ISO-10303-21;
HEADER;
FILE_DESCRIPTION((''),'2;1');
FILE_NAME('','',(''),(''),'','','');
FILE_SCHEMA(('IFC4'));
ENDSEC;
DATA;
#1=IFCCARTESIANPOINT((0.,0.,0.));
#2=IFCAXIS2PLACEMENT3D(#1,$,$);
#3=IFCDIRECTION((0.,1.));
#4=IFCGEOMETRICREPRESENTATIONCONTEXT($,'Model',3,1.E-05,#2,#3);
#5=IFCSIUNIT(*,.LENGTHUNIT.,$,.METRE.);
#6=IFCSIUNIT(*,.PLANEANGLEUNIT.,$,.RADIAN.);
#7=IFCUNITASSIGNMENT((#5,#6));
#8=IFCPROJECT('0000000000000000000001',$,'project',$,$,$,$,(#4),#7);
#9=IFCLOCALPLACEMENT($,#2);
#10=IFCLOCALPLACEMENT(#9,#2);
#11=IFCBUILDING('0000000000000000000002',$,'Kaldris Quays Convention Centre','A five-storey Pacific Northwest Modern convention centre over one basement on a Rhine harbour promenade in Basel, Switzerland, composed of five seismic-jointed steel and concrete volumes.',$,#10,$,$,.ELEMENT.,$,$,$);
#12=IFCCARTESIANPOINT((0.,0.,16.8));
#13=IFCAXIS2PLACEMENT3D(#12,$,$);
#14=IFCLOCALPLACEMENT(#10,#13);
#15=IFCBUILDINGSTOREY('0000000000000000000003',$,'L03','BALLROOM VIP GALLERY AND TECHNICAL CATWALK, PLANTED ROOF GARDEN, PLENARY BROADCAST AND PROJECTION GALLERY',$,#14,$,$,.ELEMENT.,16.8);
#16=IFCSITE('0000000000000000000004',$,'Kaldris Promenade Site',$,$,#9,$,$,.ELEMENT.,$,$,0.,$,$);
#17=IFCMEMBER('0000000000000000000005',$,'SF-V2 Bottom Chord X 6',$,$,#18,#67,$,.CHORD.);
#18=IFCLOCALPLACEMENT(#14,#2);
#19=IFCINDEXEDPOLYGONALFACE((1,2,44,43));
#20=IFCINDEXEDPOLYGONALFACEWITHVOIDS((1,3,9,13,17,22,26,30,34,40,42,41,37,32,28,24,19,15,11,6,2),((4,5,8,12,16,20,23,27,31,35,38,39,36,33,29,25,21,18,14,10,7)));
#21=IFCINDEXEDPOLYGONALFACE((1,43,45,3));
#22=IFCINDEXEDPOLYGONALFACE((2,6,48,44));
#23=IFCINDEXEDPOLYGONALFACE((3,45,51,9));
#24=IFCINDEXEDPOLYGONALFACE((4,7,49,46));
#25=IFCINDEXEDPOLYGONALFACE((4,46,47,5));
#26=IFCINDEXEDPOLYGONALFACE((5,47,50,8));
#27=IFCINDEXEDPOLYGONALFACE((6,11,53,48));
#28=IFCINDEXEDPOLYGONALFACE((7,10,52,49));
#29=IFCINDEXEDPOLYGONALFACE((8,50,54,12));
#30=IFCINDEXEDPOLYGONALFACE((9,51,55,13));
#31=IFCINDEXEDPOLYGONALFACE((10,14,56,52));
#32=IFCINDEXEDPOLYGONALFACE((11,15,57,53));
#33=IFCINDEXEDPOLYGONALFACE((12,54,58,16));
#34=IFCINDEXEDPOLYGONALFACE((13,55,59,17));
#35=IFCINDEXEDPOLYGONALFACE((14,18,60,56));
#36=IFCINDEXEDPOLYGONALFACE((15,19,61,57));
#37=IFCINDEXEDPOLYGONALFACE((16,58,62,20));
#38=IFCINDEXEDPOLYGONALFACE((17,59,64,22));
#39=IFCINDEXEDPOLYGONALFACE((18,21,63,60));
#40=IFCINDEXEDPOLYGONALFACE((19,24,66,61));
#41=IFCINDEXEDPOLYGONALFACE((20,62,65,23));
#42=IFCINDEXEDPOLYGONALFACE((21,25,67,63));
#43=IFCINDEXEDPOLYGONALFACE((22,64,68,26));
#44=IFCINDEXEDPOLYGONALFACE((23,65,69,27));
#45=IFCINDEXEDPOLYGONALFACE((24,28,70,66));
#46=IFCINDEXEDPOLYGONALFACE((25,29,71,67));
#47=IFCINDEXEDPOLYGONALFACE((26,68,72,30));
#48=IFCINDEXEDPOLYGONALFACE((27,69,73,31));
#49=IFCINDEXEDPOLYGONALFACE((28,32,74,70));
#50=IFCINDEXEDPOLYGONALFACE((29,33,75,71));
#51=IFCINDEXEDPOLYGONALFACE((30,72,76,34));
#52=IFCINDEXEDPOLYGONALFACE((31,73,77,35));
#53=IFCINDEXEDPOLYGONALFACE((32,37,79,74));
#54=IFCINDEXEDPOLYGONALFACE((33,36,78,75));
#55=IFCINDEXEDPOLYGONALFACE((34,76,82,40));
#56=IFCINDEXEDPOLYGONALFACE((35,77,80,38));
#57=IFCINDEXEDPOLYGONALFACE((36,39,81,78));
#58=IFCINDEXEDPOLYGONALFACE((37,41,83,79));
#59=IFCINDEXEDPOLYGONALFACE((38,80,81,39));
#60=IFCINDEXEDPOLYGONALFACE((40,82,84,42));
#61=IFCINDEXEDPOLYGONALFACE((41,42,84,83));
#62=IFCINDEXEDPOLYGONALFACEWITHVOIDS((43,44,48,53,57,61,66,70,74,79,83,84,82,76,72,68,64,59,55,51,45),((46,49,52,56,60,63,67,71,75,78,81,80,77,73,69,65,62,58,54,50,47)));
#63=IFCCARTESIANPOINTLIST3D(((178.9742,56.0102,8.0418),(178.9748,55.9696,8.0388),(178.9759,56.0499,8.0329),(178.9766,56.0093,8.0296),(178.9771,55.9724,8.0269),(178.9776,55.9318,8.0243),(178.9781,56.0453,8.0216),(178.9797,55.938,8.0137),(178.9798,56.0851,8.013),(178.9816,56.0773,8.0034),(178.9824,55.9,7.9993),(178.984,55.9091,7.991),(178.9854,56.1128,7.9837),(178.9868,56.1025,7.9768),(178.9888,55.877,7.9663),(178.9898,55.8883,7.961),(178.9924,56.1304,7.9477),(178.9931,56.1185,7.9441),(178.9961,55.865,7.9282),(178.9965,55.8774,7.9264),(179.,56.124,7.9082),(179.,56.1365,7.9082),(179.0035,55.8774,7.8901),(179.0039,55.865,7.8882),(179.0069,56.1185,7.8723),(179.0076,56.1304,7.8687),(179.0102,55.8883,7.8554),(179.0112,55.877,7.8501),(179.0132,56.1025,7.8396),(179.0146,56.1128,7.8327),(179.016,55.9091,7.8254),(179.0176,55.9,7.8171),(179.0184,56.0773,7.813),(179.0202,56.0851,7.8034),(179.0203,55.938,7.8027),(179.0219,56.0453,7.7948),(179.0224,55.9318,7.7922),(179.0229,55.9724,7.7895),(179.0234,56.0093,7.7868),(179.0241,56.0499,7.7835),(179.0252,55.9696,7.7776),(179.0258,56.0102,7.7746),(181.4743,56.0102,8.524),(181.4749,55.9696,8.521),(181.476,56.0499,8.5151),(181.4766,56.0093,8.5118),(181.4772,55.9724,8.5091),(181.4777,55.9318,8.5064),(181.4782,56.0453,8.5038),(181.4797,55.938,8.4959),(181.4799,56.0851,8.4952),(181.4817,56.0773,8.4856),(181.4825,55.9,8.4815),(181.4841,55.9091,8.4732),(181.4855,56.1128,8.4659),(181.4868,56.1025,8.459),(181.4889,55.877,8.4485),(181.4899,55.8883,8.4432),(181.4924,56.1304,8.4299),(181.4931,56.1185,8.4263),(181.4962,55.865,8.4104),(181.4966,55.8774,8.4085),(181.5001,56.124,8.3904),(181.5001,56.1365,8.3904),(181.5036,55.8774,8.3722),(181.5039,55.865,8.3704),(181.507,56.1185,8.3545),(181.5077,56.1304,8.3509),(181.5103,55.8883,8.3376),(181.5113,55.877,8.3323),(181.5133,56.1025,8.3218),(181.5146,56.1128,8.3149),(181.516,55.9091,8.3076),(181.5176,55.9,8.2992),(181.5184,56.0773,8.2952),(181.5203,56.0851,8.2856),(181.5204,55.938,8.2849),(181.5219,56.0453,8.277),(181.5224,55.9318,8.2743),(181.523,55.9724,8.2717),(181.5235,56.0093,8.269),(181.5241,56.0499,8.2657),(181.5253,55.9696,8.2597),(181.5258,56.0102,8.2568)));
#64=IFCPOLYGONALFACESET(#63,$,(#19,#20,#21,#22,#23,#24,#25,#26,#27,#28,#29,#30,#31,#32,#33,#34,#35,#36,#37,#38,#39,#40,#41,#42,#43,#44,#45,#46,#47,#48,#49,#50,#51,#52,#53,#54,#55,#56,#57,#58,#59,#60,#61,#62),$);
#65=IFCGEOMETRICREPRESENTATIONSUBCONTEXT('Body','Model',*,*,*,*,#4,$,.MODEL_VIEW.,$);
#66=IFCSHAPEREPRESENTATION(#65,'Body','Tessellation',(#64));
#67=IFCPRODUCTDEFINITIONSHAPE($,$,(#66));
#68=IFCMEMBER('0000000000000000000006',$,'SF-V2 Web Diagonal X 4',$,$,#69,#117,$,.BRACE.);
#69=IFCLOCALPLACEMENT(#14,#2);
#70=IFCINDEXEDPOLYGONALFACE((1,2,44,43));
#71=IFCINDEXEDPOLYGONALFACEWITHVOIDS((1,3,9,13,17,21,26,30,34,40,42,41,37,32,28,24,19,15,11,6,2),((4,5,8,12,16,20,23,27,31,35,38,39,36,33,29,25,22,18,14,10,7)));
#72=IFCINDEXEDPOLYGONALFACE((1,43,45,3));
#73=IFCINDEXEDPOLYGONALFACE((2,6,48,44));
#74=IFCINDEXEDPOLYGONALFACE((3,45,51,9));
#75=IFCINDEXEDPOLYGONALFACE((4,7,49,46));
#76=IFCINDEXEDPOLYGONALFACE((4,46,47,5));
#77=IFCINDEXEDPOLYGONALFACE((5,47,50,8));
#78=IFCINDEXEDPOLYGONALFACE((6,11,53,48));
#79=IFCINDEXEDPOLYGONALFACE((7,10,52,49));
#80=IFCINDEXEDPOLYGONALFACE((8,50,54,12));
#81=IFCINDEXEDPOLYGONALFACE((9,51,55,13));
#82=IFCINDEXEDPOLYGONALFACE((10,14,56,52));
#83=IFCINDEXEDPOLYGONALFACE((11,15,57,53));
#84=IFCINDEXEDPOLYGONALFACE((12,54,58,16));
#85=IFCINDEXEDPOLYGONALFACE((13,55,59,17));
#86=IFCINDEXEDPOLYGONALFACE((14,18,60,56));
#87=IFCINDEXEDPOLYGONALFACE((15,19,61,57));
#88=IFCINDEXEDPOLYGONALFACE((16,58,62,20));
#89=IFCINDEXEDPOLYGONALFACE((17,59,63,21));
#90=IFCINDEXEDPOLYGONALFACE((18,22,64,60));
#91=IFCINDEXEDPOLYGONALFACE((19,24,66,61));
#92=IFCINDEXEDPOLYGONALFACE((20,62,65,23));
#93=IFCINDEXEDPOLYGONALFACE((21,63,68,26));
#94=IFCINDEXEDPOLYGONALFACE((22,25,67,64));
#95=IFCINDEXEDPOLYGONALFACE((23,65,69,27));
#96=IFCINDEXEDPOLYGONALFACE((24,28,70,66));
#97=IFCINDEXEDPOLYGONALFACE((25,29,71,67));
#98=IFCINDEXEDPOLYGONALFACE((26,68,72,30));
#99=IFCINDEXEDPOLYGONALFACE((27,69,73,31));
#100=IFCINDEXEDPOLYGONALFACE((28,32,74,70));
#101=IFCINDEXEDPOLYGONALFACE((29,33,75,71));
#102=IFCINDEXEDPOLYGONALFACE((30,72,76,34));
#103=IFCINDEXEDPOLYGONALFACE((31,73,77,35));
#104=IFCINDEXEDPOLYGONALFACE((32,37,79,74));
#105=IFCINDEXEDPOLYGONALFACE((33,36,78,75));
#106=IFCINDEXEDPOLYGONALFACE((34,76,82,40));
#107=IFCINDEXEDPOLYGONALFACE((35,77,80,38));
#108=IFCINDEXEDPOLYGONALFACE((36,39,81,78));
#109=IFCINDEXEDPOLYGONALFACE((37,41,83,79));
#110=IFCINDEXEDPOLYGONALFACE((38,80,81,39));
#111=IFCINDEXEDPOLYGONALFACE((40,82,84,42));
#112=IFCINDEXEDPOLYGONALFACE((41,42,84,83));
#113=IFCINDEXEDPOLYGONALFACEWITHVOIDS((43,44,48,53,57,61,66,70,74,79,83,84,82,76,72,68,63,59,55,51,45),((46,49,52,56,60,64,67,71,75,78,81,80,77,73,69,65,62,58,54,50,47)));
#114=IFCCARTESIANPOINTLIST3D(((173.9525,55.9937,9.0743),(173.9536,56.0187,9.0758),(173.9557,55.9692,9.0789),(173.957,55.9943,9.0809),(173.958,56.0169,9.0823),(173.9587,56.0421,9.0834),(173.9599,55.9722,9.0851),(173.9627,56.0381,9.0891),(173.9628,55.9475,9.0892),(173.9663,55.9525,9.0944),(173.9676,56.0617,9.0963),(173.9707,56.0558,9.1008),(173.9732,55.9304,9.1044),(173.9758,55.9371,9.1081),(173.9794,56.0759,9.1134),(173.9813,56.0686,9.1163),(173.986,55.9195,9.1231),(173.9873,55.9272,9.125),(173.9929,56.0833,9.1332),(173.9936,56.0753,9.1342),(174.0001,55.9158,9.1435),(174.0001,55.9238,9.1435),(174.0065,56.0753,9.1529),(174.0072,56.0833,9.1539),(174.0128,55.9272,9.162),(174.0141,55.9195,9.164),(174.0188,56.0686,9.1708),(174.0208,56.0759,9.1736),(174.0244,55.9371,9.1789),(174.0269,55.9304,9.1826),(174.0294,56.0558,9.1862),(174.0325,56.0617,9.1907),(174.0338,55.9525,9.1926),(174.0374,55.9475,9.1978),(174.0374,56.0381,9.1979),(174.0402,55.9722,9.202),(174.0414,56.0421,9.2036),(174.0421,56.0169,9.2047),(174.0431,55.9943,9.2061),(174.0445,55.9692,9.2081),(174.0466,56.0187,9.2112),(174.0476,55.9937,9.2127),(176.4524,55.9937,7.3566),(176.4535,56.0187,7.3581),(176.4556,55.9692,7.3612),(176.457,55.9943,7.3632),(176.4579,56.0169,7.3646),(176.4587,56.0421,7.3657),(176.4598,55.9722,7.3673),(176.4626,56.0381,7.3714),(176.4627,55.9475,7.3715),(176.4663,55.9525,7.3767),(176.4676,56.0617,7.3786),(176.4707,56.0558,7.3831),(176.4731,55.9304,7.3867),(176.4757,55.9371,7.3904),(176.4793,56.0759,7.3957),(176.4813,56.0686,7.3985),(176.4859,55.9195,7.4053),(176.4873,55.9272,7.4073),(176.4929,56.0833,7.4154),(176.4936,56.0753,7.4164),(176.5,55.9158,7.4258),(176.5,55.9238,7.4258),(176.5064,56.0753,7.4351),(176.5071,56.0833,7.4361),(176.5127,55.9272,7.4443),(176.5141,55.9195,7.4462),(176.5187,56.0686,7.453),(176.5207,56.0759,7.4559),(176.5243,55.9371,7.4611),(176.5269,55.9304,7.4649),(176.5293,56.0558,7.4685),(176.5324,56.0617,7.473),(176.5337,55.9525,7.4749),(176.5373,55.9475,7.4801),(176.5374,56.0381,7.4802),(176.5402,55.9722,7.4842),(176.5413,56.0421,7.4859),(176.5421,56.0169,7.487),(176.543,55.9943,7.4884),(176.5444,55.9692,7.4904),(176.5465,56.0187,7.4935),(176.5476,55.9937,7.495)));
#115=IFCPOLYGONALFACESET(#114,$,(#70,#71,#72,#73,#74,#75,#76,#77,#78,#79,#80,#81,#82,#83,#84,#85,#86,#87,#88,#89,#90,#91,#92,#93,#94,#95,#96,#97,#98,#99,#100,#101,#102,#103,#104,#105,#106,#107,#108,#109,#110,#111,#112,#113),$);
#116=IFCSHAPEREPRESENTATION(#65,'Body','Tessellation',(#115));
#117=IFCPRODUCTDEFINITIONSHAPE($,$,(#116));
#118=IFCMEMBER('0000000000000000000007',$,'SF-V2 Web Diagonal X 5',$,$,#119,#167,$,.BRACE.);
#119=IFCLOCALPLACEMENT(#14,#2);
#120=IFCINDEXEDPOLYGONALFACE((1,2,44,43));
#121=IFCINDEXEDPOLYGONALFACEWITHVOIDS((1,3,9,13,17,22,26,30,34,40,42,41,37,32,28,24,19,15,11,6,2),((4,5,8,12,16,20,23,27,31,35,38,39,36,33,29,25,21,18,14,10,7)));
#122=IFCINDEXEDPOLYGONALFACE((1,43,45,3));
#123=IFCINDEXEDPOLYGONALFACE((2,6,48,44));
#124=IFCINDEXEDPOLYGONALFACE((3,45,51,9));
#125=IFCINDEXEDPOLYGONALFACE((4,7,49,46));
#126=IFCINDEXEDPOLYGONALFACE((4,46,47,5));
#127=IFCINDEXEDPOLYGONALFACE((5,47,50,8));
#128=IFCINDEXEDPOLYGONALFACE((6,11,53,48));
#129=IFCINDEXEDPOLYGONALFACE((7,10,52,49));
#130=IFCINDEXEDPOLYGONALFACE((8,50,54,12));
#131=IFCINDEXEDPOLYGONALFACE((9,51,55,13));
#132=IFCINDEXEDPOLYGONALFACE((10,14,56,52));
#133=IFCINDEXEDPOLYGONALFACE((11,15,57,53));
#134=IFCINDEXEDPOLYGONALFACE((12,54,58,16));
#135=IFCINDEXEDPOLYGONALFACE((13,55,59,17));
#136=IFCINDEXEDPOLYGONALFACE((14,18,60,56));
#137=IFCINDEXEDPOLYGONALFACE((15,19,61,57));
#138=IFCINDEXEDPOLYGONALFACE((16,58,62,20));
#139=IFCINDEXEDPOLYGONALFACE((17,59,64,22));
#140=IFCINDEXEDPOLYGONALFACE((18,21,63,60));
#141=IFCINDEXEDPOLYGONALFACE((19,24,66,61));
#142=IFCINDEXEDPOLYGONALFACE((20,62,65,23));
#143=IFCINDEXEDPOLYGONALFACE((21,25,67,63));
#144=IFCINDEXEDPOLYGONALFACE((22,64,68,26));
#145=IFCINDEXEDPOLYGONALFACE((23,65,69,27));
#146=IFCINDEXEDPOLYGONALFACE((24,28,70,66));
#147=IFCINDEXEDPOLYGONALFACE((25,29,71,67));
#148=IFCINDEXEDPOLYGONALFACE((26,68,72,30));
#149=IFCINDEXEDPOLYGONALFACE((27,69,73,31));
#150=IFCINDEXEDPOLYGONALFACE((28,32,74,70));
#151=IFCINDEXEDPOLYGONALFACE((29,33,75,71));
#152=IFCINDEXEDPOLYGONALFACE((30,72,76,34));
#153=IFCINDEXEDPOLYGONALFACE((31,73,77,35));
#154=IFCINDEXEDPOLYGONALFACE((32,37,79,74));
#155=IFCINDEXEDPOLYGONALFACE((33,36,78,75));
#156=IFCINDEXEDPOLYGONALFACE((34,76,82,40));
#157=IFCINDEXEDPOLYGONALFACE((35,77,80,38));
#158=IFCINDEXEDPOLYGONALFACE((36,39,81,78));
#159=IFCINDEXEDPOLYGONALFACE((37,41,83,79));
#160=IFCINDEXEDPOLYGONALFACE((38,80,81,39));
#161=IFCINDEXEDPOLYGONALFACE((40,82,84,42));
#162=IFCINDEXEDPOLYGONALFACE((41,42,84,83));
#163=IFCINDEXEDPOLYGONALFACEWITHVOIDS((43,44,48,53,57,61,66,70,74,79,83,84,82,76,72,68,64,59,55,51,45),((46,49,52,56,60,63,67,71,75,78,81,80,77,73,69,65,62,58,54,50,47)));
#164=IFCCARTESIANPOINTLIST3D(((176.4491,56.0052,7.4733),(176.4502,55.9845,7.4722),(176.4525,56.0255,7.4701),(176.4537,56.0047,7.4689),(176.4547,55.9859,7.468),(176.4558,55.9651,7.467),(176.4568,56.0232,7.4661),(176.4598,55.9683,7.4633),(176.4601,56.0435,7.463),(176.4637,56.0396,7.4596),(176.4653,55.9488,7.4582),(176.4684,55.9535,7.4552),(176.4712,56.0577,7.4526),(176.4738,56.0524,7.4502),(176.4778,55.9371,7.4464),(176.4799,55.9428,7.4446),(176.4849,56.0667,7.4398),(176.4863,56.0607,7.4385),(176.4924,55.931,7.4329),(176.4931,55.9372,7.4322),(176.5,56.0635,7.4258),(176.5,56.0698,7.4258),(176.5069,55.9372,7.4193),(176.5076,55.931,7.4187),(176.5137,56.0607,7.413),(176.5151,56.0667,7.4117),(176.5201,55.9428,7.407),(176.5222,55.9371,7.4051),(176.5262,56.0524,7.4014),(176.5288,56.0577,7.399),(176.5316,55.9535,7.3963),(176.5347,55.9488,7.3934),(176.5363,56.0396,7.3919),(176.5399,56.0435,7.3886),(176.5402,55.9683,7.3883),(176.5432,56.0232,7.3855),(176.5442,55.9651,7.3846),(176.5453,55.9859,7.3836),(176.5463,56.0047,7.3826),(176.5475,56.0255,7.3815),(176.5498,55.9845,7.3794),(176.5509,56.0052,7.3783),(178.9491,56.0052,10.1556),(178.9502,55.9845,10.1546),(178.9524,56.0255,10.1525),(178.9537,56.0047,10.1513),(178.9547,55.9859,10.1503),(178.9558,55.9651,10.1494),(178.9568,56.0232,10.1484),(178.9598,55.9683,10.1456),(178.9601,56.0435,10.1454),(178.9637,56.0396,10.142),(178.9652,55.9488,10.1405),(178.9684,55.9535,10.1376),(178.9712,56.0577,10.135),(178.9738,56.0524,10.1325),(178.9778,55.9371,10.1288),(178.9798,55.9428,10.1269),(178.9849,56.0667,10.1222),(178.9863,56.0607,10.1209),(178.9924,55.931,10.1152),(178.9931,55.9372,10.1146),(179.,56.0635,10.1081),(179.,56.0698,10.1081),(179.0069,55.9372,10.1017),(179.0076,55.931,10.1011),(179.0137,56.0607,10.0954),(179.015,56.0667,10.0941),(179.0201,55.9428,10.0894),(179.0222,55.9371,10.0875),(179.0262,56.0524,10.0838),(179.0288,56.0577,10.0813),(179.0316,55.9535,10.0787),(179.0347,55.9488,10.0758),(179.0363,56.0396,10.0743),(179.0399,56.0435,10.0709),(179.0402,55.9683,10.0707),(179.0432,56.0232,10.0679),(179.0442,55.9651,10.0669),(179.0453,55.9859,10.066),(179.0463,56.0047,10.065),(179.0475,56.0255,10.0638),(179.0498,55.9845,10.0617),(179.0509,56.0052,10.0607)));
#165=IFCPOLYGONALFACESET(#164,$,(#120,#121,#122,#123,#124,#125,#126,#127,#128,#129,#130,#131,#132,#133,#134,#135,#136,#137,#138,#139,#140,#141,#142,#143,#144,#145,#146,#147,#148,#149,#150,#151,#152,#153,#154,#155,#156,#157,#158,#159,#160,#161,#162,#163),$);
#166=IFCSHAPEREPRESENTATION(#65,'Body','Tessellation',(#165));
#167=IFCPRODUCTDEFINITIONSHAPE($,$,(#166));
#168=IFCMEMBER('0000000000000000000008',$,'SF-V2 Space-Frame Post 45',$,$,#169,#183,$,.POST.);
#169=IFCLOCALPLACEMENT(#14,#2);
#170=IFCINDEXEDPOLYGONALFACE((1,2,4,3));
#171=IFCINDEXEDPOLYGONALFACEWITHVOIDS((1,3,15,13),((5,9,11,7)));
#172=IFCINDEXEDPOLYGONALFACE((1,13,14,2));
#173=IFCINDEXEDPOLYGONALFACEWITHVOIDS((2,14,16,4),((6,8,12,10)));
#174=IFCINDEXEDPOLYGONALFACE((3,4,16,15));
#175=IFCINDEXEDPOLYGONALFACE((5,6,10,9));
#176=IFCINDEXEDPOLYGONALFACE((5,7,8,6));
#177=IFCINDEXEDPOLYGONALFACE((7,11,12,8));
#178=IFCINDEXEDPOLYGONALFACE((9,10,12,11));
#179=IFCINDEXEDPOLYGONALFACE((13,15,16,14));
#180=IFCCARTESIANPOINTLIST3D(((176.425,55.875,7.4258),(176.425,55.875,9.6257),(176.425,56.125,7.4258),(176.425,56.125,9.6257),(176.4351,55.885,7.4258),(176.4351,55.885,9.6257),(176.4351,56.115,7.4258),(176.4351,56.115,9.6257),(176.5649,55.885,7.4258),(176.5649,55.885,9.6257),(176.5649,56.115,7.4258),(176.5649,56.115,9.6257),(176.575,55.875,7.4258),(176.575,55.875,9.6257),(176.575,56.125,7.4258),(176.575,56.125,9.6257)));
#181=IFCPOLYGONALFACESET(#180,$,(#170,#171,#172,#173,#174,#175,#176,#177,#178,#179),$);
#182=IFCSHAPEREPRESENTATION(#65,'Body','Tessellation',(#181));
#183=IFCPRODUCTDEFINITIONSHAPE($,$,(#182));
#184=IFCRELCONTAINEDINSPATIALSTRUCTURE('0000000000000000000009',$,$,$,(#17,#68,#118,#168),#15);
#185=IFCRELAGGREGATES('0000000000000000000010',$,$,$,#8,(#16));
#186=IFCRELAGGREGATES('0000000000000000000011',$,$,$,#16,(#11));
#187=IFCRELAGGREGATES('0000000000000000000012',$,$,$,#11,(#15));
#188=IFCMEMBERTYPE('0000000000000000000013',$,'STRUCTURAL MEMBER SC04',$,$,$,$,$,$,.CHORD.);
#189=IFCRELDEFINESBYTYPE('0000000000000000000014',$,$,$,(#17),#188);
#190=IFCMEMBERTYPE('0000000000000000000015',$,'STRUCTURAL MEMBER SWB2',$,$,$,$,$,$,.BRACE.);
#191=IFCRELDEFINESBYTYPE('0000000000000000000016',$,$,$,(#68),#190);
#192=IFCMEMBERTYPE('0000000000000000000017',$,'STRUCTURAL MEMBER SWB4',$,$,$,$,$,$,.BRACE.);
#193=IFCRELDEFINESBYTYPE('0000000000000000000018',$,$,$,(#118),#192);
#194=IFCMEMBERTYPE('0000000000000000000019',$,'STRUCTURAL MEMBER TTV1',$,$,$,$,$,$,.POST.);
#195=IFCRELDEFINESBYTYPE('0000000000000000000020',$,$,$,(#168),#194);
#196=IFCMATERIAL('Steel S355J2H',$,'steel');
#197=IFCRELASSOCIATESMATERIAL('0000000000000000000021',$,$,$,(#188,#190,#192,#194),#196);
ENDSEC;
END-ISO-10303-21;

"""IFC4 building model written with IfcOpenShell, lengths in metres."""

from ifc_helpers import new_model, si_unit, direction, frame, origin, origin_2d, place, context, subcontext, project, spatial, hollow_rectangle, hollow_circle, extrude, material, material_profile, profile_set, type_object, element, save


model = new_model("IFC4")

# Units and contexts
model_context = context("Model", 3, precision=1e-05, world=origin(), true_north=direction((0.0, 1.0)))
body_context = subcontext(model_context, "Body", "Model", "MODEL_VIEW")
ifc_project = project(units=[si_unit("LENGTHUNIT", "METRE"), si_unit("PLANEANGLEUNIT", "RADIAN")], contexts=[model_context])

# Site, building, storey
site_placement = place(None, origin())
site = spatial("IfcSite", under=ifc_project, at=site_placement, Name="Kaldris Promenade Site", CompositionType="ELEMENT", RefElevation=0.0)
building_placement = place(site_placement, origin())
building = spatial("IfcBuilding", under=site, at=building_placement, Name="Kaldris Quays Convention Centre", Description="A five-storey Pacific Northwest Modern convention centre over one basement on a Rhine harbour promenade in Basel, Switzerland, composed of five seismic-jointed steel and concrete volumes.", CompositionType="ELEMENT")
storey_placement = place(building_placement, frame((0.0, 0.0, 16.8)))
storey = spatial("IfcBuildingStorey", under=building, at=storey_placement, Name="L03", Description="BALLROOM VIP GALLERY AND TECHNICAL CATWALK, PLANTED ROOF GARDEN, PLENARY BROADCAST AND PROJECTION GALLERY", CompositionType="ELEMENT", Elevation=16.8)

# Members
ifc_material_1 = material(Name="Steel S355J2H", Category="steel")
ifc_material_profile_1 = material_profile(ifc_material_1, hollow_circle(Radius=0.1365, WallThickness=0.0125, at=origin_2d()), Name="CHS 273x12.5")
ifc_profile_set_1 = profile_set([ifc_material_profile_1], Name="Steel S355J2H")
member_type_1 = type_object("IfcMemberType", Name="STRUCTURAL MEMBER SC04", PredefinedType="CHORD", material=ifc_profile_set_1)
for number, where, z_axis, x_axis, name in (
    (1, (179.0, 56.0, 7.9082), (0.981904, 0.0, 0.189381), (0.0, 1.0, 0.0), "SF-V2 Bottom Chord X 6"),
):
    element("IfcMember", number, at=place(storey_placement, frame(where, z_axis=z_axis, x_axis=x_axis)), inside=storey, type_object=member_type_1, Name=name, PredefinedType="CHORD", context=body_context, shape_type="SweptSolid", body=[
        extrude(hollow_circle(Radius=0.1365, WallThickness=0.0125, at=origin_2d()), origin(), (0.0, 0.0, 1.0), 2.5461),
    ])
ifc_material_profile_2 = material_profile(ifc_material_1, hollow_circle(Radius=0.0842, WallThickness=0.0081, at=origin_2d()), Name="CHS 168.3x8")
ifc_profile_set_2 = profile_set([ifc_material_profile_2], Name="Steel S355J2H")
member_type_2 = type_object("IfcMemberType", Name="STRUCTURAL MEMBER SWB2", PredefinedType="BRACE", material=ifc_profile_set_2)
member_1_placement = place(storey_placement, frame((176.5, 56.0, 7.4258), z_axis=(-0.824192, 0.0, 0.56631), x_axis=(0.0, -1.0, 0.0)))
element("IfcMember", 2, at=member_1_placement, inside=storey, type_object=member_type_2, Name="SF-V2 Web Diagonal X 4", PredefinedType="BRACE", context=body_context, shape_type="SweptSolid", body=[
    extrude(hollow_circle(Radius=0.0842, WallThickness=0.0081, at=origin_2d()), origin(), (0.0, 0.0, 1.0), 3.0332),
])
ifc_material_profile_3 = material_profile(ifc_material_1, hollow_circle(Radius=0.0698, WallThickness=0.0063, at=origin_2d()), Name="CHS 139.7x6.3")
ifc_profile_set_3 = profile_set([ifc_material_profile_3], Name="Steel S355J2H")
member_type_3 = type_object("IfcMemberType", Name="STRUCTURAL MEMBER SWB4", PredefinedType="BRACE", material=ifc_profile_set_3)
member_2_placement = place(storey_placement, frame((176.5, 56.0, 7.4258), z_axis=(0.681801, 0.0, 0.731538), x_axis=(0.0, 1.0, 0.0)))
element("IfcMember", 3, at=member_2_placement, inside=storey, type_object=member_type_3, Name="SF-V2 Web Diagonal X 5", PredefinedType="BRACE", context=body_context, shape_type="SweptSolid", body=[
    extrude(hollow_circle(Radius=0.0698, WallThickness=0.0063, at=origin_2d()), origin(), (0.0, 0.0, 1.0), 3.6667),
])
ifc_material_profile_4 = material_profile(ifc_material_1, hollow_rectangle(XDim=0.1499, YDim=0.25, WallThickness=0.01, at=origin_2d()), Name="RHS 250x150x10")
ifc_profile_set_4 = profile_set([ifc_material_profile_4], Name="Steel S355J2H")
member_type_4 = type_object("IfcMemberType", Name="STRUCTURAL MEMBER TTV1", PredefinedType="POST", material=ifc_profile_set_4)
for number, where, z_axis, x_axis, name in (
    (4, (176.5, 56.0, 7.4258), (0.0, 0.0, 1.0), (1.0, 0.0, 0.0), "SF-V2 Space-Frame Post 45"),
):
    element("IfcMember", number, at=place(storey_placement, frame(where, z_axis=z_axis, x_axis=x_axis)), inside=storey, type_object=member_type_4, Name=name, PredefinedType="POST", context=body_context, shape_type="SweptSolid", body=[
        extrude(hollow_rectangle(XDim=0.1499, YDim=0.25, WallThickness=0.01, at=origin_2d()), origin(), (0.0, 0.0, 1.0), 2.2),
    ])

save(model, "model.ifc")
